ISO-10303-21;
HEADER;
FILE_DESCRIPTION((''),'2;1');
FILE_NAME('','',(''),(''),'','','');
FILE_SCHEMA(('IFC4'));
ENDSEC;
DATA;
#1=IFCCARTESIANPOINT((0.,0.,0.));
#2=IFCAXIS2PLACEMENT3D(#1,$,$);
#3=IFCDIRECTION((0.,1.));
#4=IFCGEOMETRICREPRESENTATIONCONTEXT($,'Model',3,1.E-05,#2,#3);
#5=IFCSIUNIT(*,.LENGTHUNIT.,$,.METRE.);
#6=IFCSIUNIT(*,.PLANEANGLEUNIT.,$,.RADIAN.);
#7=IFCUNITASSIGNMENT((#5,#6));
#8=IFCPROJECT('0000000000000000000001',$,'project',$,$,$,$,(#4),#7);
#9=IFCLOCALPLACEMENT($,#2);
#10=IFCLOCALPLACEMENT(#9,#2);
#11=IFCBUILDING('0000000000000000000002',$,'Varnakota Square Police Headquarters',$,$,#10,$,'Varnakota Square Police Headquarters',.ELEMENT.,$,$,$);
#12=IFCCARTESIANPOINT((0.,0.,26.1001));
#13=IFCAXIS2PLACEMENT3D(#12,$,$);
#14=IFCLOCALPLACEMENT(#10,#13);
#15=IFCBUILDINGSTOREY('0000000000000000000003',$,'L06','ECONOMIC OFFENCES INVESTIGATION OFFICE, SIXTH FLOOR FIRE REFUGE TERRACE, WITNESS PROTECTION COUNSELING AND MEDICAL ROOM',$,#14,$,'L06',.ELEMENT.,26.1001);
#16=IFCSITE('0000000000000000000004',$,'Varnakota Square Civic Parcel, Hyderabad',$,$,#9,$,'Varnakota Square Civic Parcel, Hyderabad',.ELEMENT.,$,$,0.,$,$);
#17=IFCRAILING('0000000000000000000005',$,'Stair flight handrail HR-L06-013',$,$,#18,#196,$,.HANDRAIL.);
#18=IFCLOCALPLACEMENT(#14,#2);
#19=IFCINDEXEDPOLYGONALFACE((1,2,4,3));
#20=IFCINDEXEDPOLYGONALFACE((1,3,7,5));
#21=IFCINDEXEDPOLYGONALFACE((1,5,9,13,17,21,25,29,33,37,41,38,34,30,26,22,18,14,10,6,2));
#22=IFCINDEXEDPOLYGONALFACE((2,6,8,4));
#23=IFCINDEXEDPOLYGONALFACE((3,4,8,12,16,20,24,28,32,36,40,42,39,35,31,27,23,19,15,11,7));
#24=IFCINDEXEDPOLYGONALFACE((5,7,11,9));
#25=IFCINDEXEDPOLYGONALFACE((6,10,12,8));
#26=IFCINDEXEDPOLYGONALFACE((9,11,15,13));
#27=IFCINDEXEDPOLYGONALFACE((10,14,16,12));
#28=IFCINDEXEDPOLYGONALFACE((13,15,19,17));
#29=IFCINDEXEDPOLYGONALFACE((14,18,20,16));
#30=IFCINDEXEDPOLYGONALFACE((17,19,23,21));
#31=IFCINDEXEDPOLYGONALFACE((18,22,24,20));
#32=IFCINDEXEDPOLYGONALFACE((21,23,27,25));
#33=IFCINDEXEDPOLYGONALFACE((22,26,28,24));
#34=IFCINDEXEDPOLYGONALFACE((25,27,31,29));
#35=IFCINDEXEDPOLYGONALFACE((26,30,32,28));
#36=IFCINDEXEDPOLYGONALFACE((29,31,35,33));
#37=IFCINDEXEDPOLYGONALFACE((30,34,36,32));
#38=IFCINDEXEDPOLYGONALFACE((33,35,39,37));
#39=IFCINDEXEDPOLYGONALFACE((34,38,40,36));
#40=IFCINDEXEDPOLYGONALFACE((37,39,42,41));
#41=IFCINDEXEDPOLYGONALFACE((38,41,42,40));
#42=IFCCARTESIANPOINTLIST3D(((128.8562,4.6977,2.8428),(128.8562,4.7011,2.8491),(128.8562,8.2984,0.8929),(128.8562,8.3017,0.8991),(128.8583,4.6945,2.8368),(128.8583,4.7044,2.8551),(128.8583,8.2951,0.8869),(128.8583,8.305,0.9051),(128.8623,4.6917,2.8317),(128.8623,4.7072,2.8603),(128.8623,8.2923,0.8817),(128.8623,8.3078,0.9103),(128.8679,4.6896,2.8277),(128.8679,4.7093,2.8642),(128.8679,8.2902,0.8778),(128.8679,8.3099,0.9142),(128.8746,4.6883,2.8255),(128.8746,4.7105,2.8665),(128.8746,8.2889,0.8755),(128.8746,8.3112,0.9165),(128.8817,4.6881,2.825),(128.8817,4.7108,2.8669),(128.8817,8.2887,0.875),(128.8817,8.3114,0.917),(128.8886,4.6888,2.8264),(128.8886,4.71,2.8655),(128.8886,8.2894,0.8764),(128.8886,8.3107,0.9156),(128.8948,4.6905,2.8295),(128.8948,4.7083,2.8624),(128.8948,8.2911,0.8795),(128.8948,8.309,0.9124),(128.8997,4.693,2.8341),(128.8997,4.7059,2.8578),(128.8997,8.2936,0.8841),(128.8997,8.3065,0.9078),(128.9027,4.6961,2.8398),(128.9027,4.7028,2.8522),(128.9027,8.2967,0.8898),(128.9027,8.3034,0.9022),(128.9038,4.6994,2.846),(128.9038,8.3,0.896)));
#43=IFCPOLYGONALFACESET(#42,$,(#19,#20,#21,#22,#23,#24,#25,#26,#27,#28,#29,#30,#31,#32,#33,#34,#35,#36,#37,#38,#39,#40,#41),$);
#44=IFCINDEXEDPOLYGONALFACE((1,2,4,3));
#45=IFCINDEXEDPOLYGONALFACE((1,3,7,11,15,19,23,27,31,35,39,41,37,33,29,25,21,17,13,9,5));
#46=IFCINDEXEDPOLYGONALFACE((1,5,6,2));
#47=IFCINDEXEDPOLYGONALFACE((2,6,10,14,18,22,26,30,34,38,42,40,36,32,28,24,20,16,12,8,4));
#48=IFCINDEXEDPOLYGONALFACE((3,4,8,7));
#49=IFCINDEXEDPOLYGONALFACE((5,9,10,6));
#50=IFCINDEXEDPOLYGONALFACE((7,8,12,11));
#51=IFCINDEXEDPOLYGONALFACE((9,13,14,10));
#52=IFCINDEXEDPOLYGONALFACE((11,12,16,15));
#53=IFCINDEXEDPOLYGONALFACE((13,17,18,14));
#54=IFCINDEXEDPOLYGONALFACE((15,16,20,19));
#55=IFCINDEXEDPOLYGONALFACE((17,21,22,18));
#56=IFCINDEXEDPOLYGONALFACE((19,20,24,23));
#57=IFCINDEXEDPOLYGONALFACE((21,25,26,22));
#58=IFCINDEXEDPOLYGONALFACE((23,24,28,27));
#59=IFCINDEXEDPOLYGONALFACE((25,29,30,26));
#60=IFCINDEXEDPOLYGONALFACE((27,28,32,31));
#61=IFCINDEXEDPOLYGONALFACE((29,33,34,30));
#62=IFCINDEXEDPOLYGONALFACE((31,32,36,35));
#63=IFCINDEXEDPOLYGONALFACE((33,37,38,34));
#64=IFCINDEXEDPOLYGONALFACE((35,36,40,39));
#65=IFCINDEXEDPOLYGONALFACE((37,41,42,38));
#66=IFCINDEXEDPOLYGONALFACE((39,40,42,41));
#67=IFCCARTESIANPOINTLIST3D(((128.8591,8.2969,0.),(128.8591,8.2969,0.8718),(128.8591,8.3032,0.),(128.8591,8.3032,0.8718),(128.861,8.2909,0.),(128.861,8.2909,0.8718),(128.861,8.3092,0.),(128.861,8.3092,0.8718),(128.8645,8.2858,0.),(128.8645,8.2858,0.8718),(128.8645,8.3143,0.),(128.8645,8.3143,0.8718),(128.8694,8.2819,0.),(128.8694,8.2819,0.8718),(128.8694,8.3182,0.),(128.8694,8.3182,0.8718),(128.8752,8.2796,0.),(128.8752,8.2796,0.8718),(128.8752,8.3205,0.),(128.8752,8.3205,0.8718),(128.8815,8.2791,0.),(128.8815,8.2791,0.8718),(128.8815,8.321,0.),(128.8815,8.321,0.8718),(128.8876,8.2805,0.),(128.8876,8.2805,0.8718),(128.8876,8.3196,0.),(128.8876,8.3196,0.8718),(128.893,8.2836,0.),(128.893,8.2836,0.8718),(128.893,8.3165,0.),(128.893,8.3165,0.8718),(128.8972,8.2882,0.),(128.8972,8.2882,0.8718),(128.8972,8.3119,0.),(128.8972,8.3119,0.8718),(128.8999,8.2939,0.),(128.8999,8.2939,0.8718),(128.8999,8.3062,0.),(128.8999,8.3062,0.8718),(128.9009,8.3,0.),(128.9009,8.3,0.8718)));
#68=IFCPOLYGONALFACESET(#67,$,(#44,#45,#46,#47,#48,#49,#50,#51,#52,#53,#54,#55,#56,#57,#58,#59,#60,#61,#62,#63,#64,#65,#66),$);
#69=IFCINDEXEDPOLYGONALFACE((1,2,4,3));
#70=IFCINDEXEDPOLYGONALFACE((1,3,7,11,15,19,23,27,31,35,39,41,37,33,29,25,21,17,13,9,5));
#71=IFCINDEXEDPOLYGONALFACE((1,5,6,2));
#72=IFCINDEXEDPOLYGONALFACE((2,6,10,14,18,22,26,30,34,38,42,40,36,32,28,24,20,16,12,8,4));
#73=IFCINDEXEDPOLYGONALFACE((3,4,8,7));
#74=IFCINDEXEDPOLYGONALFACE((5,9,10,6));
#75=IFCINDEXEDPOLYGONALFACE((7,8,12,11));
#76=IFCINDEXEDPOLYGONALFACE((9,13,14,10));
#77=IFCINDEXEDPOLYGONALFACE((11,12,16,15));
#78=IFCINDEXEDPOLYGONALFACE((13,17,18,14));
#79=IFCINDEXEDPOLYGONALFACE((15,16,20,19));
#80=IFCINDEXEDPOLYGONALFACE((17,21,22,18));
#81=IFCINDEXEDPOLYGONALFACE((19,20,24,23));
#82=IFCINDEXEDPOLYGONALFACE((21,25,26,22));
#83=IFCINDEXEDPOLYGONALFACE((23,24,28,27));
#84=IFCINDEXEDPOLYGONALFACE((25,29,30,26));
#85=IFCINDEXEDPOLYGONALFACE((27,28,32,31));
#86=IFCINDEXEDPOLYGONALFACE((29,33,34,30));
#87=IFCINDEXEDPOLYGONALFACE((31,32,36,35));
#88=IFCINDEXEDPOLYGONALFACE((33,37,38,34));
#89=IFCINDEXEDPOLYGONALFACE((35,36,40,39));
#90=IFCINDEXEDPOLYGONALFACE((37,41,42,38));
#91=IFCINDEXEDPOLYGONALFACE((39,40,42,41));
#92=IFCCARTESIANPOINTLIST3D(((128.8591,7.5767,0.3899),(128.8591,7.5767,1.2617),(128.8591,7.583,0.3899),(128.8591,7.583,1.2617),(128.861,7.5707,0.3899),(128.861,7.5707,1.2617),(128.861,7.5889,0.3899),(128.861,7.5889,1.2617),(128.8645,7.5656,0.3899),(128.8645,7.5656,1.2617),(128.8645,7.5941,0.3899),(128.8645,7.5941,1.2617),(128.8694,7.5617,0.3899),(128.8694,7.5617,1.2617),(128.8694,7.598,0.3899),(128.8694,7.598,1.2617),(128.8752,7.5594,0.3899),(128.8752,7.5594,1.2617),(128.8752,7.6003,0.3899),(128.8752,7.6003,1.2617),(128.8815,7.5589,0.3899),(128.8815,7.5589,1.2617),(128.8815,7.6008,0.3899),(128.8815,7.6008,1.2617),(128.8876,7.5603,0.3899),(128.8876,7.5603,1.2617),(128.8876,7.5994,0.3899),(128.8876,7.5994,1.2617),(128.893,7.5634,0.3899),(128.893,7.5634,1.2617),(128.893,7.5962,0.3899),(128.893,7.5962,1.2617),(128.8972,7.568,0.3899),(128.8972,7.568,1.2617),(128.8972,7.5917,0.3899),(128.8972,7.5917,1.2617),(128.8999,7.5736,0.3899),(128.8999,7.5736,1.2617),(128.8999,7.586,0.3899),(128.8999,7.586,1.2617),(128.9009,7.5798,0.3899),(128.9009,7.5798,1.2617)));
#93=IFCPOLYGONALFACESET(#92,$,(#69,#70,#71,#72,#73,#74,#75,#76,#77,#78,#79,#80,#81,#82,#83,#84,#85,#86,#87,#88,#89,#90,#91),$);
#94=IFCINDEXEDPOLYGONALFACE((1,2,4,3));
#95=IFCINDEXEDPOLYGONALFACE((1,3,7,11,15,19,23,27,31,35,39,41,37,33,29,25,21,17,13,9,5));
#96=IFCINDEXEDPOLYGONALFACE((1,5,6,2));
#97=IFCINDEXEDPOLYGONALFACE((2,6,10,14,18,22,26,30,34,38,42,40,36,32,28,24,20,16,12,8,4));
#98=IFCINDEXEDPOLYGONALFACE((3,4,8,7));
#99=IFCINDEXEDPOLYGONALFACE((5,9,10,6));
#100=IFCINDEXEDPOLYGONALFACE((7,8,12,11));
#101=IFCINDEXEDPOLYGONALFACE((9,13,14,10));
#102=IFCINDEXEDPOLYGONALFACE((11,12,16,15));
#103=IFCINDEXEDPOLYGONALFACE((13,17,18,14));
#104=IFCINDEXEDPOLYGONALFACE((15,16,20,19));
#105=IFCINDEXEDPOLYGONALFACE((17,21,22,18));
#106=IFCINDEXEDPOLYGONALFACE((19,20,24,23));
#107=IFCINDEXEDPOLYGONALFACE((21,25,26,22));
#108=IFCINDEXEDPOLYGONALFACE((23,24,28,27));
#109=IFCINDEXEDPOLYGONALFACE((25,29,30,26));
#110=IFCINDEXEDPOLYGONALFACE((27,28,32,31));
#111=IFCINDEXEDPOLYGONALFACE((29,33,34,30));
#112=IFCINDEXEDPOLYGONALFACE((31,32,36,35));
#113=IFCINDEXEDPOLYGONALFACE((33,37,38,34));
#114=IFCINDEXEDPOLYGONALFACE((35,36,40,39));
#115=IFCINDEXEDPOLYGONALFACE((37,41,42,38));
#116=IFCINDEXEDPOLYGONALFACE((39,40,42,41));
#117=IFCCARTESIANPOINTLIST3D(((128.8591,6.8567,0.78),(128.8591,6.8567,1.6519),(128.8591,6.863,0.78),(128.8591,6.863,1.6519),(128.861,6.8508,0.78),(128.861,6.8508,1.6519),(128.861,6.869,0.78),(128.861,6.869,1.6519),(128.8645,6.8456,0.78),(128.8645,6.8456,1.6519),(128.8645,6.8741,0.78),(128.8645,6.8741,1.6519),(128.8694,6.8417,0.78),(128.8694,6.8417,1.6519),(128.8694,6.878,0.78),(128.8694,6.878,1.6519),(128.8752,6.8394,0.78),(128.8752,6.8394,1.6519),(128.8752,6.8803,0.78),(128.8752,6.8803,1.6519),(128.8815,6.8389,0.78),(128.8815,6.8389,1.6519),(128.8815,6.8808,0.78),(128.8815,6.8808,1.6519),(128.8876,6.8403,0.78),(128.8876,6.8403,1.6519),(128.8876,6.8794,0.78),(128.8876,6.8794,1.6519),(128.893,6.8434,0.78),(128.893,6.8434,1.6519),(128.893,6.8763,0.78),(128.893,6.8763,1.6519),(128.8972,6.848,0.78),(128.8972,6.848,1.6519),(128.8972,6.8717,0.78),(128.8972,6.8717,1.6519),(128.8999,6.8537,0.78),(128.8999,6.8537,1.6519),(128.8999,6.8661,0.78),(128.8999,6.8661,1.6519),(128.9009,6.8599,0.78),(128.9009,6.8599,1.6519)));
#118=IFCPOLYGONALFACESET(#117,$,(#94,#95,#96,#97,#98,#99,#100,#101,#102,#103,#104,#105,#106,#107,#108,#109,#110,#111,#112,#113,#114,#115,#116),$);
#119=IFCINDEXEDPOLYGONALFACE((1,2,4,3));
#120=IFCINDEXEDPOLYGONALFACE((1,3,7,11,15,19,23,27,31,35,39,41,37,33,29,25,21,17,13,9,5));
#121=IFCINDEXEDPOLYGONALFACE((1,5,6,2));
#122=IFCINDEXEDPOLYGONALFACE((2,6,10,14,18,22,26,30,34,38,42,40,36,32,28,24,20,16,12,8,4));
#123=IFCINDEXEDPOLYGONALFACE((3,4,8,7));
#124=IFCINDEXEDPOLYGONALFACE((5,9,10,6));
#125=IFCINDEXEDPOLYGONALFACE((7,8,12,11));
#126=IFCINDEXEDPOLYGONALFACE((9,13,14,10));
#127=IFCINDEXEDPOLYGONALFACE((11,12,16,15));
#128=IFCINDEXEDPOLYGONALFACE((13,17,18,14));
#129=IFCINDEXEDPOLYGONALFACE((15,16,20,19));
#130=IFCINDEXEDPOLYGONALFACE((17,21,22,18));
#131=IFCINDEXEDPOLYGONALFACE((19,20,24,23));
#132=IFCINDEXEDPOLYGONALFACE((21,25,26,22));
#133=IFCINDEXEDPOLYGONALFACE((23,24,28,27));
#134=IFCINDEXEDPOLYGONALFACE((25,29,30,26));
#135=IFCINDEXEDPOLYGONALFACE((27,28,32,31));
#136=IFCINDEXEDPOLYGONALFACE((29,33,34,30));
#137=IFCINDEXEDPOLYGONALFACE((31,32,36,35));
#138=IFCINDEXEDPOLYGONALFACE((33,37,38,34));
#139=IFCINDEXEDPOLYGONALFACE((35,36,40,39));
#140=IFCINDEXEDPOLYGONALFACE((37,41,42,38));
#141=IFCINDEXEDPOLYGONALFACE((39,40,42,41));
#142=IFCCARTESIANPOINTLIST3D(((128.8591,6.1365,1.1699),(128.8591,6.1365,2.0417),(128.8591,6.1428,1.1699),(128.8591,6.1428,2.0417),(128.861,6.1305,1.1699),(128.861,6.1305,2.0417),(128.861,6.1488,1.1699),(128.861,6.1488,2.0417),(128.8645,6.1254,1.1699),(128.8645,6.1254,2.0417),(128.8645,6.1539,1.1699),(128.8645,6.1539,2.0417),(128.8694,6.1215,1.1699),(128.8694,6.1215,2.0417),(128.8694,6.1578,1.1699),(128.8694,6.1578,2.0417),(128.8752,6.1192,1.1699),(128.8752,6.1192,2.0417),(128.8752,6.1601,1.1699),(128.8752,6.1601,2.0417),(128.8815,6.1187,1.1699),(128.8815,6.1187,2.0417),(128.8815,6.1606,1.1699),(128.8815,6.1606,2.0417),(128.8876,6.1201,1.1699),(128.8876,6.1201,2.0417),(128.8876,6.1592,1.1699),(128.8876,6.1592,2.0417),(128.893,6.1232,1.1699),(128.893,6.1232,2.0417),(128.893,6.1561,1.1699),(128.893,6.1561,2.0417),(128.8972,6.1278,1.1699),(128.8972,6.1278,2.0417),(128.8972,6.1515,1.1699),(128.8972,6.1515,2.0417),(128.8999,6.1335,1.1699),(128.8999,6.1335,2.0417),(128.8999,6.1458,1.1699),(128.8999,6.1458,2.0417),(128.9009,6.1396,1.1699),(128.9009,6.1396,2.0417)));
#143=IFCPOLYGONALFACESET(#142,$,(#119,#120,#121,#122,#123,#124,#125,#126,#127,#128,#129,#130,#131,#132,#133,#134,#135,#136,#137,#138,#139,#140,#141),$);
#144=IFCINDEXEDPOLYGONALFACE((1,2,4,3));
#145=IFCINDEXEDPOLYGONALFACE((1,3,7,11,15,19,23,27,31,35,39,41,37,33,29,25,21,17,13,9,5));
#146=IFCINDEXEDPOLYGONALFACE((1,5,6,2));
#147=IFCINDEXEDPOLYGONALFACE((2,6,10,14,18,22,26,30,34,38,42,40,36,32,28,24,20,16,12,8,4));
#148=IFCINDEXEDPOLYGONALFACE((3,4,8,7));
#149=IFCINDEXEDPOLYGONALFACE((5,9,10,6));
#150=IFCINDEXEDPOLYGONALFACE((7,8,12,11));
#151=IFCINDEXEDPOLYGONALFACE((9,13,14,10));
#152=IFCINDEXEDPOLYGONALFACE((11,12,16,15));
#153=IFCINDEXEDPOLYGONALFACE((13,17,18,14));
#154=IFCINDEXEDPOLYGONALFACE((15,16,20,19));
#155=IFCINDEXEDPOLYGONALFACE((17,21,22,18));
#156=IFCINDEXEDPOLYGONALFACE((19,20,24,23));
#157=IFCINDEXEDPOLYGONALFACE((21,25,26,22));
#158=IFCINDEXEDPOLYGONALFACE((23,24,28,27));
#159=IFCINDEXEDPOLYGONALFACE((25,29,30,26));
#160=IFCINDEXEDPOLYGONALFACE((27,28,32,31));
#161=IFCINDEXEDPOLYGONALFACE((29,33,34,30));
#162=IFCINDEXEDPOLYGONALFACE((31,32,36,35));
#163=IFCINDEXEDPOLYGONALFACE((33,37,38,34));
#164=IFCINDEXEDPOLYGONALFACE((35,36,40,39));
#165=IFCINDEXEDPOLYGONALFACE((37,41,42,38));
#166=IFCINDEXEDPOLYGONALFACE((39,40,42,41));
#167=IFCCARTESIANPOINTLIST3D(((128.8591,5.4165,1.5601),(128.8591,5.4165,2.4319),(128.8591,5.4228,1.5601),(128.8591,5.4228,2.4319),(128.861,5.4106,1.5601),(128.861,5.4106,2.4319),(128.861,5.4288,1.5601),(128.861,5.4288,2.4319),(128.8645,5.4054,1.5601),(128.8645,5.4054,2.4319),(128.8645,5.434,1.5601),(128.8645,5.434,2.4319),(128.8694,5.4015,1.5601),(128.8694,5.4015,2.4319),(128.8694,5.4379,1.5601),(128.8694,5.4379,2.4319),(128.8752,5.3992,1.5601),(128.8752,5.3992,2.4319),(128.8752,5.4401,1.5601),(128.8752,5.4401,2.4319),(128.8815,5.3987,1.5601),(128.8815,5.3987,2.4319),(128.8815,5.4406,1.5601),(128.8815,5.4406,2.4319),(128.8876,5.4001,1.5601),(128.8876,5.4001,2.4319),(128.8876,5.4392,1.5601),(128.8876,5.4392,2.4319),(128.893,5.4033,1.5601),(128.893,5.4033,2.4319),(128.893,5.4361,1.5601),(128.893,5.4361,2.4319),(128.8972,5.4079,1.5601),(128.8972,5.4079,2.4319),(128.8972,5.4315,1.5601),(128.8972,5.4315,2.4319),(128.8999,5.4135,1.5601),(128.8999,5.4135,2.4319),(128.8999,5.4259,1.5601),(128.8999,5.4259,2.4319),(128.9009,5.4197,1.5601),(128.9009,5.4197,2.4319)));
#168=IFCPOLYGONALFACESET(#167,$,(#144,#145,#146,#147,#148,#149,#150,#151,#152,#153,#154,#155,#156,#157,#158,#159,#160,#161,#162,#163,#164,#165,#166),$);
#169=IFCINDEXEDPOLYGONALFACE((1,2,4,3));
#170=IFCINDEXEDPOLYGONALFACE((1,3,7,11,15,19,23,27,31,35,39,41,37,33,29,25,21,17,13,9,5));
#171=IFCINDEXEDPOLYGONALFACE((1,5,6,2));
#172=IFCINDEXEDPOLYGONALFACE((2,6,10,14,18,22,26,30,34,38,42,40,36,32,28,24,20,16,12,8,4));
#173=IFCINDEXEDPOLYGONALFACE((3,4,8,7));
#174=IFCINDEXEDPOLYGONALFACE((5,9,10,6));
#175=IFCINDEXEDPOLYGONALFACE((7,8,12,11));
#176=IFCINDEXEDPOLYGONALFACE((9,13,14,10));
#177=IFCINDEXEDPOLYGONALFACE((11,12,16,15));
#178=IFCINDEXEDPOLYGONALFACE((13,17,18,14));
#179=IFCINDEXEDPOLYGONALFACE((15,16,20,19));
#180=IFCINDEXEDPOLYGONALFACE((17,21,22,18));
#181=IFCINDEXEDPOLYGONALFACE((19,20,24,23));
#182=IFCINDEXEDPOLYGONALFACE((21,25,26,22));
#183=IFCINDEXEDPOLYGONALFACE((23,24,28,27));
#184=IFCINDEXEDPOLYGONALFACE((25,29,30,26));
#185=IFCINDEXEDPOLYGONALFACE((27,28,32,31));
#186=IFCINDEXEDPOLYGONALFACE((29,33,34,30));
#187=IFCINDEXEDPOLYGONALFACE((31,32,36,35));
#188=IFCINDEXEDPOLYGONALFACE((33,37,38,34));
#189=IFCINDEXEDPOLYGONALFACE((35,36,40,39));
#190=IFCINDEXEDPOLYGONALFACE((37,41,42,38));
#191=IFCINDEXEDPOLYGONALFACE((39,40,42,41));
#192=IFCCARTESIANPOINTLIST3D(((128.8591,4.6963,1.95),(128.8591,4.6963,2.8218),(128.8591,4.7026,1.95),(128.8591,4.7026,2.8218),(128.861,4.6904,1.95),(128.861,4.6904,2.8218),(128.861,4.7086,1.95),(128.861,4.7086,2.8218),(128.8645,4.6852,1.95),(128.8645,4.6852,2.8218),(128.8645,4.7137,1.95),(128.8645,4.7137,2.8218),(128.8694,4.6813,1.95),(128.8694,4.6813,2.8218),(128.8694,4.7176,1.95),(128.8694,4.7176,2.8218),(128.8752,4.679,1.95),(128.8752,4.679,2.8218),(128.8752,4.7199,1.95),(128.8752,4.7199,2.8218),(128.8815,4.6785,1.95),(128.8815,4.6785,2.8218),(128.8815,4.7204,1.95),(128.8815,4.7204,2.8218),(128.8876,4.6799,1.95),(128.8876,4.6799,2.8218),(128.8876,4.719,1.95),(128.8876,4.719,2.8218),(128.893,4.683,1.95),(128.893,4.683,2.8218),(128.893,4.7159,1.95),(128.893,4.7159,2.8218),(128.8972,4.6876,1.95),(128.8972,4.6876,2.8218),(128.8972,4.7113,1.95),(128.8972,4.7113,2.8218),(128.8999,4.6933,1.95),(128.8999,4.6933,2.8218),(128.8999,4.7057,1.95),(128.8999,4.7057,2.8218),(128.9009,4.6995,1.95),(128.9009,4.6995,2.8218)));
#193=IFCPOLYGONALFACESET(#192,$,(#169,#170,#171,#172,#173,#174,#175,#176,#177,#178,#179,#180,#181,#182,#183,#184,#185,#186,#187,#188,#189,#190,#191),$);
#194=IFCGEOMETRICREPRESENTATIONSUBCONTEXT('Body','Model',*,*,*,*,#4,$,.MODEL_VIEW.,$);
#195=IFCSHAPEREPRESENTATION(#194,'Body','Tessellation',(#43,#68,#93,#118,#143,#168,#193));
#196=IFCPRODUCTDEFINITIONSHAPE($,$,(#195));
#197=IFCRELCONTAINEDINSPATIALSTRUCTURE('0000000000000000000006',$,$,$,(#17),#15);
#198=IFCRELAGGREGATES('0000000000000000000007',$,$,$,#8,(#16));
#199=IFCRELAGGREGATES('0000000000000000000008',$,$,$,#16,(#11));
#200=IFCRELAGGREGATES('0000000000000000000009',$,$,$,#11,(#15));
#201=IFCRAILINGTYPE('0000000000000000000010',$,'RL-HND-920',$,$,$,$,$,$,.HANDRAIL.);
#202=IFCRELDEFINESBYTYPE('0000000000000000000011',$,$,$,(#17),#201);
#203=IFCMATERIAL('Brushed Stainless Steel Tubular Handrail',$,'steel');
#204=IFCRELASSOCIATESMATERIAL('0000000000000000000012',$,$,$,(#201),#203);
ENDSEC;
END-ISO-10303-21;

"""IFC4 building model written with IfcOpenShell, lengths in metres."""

from ifc_helpers import new_model, si_unit, direction, frame, origin, origin_2d, place, context, subcontext, project, spatial, circle, extrude, material, type_object, element, save


model = new_model("IFC4")

# Units and contexts
model_context = context("Model", 3, precision=1e-05, world=origin(), true_north=direction((0.0, 1.0)))
body_context = subcontext(model_context, "Body", "Model", "MODEL_VIEW")
ifc_project = project(units=[si_unit("LENGTHUNIT", "METRE"), si_unit("PLANEANGLEUNIT", "RADIAN")], contexts=[model_context])

# Site, building, storey
site_placement = place(None, origin())
site = spatial("IfcSite", under=ifc_project, at=site_placement, Name="Varnakota Square Civic Parcel, Hyderabad", LongName="Varnakota Square Civic Parcel, Hyderabad", CompositionType="ELEMENT", RefElevation=0.0)
building_placement = place(site_placement, origin())
building = spatial("IfcBuilding", under=site, at=building_placement, Name="Varnakota Square Police Headquarters", LongName="Varnakota Square Police Headquarters", CompositionType="ELEMENT")
storey_placement = place(building_placement, frame((0.0, 0.0, 26.1001)))
storey = spatial("IfcBuildingStorey", under=building, at=storey_placement, Name="L06", Description="ECONOMIC OFFENCES INVESTIGATION OFFICE, SIXTH FLOOR FIRE REFUGE TERRACE, WITNESS PROTECTION COUNSELING AND MEDICAL ROOM", LongName="L06", CompositionType="ELEMENT", Elevation=26.1001)

# Railing
ifc_material_1 = material(Name="Brushed Stainless Steel Tubular Handrail", Category="steel")
railing_type_1 = type_object("IfcRailingType", Name="RL-HND-920", PredefinedType="HANDRAIL", material=ifc_material_1)
railing_1_placement = place(storey_placement, frame((128.8799, 8.3, 0.0)))
element("IfcRailing", 1, at=railing_1_placement, inside=storey, type_object=railing_type_1, Name="Stair flight handrail HR-L06-013", PredefinedType="HANDRAIL", context=body_context, shape_type="SweptSolid", body=[
    extrude(circle(Radius=0.0239, at=origin_2d()), frame((0.0, 0.0, 0.896), z_axis=(0.0, -0.879329, 0.476214), x_axis=(1.0, 0.0, 0.0)), (0.0, 0.0, 1.0), 4.0947),
    extrude(circle(Radius=0.021, at=origin_2d()), origin(), (0.0, 0.0, 1.0), 0.8718),
    extrude(circle(Radius=0.021, at=origin_2d()), frame((0.0, -0.7202, 0.3899)), (0.0, 0.0, 1.0), 0.8718),
    extrude(circle(Radius=0.021, at=origin_2d()), frame((0.0, -1.4402, 0.78)), (0.0, 0.0, 1.0), 0.8718),
    extrude(circle(Radius=0.021, at=origin_2d()), frame((0.0, -2.1604, 1.1699)), (0.0, 0.0, 1.0), 0.8718),
    extrude(circle(Radius=0.021, at=origin_2d()), frame((0.0, -2.8804, 1.5601)), (0.0, 0.0, 1.0), 0.8718),
    extrude(circle(Radius=0.021, at=origin_2d()), frame((0.0, -3.6006, 1.95)), (0.0, 0.0, 1.0), 0.8718),
])

save(model, "model.ifc")
